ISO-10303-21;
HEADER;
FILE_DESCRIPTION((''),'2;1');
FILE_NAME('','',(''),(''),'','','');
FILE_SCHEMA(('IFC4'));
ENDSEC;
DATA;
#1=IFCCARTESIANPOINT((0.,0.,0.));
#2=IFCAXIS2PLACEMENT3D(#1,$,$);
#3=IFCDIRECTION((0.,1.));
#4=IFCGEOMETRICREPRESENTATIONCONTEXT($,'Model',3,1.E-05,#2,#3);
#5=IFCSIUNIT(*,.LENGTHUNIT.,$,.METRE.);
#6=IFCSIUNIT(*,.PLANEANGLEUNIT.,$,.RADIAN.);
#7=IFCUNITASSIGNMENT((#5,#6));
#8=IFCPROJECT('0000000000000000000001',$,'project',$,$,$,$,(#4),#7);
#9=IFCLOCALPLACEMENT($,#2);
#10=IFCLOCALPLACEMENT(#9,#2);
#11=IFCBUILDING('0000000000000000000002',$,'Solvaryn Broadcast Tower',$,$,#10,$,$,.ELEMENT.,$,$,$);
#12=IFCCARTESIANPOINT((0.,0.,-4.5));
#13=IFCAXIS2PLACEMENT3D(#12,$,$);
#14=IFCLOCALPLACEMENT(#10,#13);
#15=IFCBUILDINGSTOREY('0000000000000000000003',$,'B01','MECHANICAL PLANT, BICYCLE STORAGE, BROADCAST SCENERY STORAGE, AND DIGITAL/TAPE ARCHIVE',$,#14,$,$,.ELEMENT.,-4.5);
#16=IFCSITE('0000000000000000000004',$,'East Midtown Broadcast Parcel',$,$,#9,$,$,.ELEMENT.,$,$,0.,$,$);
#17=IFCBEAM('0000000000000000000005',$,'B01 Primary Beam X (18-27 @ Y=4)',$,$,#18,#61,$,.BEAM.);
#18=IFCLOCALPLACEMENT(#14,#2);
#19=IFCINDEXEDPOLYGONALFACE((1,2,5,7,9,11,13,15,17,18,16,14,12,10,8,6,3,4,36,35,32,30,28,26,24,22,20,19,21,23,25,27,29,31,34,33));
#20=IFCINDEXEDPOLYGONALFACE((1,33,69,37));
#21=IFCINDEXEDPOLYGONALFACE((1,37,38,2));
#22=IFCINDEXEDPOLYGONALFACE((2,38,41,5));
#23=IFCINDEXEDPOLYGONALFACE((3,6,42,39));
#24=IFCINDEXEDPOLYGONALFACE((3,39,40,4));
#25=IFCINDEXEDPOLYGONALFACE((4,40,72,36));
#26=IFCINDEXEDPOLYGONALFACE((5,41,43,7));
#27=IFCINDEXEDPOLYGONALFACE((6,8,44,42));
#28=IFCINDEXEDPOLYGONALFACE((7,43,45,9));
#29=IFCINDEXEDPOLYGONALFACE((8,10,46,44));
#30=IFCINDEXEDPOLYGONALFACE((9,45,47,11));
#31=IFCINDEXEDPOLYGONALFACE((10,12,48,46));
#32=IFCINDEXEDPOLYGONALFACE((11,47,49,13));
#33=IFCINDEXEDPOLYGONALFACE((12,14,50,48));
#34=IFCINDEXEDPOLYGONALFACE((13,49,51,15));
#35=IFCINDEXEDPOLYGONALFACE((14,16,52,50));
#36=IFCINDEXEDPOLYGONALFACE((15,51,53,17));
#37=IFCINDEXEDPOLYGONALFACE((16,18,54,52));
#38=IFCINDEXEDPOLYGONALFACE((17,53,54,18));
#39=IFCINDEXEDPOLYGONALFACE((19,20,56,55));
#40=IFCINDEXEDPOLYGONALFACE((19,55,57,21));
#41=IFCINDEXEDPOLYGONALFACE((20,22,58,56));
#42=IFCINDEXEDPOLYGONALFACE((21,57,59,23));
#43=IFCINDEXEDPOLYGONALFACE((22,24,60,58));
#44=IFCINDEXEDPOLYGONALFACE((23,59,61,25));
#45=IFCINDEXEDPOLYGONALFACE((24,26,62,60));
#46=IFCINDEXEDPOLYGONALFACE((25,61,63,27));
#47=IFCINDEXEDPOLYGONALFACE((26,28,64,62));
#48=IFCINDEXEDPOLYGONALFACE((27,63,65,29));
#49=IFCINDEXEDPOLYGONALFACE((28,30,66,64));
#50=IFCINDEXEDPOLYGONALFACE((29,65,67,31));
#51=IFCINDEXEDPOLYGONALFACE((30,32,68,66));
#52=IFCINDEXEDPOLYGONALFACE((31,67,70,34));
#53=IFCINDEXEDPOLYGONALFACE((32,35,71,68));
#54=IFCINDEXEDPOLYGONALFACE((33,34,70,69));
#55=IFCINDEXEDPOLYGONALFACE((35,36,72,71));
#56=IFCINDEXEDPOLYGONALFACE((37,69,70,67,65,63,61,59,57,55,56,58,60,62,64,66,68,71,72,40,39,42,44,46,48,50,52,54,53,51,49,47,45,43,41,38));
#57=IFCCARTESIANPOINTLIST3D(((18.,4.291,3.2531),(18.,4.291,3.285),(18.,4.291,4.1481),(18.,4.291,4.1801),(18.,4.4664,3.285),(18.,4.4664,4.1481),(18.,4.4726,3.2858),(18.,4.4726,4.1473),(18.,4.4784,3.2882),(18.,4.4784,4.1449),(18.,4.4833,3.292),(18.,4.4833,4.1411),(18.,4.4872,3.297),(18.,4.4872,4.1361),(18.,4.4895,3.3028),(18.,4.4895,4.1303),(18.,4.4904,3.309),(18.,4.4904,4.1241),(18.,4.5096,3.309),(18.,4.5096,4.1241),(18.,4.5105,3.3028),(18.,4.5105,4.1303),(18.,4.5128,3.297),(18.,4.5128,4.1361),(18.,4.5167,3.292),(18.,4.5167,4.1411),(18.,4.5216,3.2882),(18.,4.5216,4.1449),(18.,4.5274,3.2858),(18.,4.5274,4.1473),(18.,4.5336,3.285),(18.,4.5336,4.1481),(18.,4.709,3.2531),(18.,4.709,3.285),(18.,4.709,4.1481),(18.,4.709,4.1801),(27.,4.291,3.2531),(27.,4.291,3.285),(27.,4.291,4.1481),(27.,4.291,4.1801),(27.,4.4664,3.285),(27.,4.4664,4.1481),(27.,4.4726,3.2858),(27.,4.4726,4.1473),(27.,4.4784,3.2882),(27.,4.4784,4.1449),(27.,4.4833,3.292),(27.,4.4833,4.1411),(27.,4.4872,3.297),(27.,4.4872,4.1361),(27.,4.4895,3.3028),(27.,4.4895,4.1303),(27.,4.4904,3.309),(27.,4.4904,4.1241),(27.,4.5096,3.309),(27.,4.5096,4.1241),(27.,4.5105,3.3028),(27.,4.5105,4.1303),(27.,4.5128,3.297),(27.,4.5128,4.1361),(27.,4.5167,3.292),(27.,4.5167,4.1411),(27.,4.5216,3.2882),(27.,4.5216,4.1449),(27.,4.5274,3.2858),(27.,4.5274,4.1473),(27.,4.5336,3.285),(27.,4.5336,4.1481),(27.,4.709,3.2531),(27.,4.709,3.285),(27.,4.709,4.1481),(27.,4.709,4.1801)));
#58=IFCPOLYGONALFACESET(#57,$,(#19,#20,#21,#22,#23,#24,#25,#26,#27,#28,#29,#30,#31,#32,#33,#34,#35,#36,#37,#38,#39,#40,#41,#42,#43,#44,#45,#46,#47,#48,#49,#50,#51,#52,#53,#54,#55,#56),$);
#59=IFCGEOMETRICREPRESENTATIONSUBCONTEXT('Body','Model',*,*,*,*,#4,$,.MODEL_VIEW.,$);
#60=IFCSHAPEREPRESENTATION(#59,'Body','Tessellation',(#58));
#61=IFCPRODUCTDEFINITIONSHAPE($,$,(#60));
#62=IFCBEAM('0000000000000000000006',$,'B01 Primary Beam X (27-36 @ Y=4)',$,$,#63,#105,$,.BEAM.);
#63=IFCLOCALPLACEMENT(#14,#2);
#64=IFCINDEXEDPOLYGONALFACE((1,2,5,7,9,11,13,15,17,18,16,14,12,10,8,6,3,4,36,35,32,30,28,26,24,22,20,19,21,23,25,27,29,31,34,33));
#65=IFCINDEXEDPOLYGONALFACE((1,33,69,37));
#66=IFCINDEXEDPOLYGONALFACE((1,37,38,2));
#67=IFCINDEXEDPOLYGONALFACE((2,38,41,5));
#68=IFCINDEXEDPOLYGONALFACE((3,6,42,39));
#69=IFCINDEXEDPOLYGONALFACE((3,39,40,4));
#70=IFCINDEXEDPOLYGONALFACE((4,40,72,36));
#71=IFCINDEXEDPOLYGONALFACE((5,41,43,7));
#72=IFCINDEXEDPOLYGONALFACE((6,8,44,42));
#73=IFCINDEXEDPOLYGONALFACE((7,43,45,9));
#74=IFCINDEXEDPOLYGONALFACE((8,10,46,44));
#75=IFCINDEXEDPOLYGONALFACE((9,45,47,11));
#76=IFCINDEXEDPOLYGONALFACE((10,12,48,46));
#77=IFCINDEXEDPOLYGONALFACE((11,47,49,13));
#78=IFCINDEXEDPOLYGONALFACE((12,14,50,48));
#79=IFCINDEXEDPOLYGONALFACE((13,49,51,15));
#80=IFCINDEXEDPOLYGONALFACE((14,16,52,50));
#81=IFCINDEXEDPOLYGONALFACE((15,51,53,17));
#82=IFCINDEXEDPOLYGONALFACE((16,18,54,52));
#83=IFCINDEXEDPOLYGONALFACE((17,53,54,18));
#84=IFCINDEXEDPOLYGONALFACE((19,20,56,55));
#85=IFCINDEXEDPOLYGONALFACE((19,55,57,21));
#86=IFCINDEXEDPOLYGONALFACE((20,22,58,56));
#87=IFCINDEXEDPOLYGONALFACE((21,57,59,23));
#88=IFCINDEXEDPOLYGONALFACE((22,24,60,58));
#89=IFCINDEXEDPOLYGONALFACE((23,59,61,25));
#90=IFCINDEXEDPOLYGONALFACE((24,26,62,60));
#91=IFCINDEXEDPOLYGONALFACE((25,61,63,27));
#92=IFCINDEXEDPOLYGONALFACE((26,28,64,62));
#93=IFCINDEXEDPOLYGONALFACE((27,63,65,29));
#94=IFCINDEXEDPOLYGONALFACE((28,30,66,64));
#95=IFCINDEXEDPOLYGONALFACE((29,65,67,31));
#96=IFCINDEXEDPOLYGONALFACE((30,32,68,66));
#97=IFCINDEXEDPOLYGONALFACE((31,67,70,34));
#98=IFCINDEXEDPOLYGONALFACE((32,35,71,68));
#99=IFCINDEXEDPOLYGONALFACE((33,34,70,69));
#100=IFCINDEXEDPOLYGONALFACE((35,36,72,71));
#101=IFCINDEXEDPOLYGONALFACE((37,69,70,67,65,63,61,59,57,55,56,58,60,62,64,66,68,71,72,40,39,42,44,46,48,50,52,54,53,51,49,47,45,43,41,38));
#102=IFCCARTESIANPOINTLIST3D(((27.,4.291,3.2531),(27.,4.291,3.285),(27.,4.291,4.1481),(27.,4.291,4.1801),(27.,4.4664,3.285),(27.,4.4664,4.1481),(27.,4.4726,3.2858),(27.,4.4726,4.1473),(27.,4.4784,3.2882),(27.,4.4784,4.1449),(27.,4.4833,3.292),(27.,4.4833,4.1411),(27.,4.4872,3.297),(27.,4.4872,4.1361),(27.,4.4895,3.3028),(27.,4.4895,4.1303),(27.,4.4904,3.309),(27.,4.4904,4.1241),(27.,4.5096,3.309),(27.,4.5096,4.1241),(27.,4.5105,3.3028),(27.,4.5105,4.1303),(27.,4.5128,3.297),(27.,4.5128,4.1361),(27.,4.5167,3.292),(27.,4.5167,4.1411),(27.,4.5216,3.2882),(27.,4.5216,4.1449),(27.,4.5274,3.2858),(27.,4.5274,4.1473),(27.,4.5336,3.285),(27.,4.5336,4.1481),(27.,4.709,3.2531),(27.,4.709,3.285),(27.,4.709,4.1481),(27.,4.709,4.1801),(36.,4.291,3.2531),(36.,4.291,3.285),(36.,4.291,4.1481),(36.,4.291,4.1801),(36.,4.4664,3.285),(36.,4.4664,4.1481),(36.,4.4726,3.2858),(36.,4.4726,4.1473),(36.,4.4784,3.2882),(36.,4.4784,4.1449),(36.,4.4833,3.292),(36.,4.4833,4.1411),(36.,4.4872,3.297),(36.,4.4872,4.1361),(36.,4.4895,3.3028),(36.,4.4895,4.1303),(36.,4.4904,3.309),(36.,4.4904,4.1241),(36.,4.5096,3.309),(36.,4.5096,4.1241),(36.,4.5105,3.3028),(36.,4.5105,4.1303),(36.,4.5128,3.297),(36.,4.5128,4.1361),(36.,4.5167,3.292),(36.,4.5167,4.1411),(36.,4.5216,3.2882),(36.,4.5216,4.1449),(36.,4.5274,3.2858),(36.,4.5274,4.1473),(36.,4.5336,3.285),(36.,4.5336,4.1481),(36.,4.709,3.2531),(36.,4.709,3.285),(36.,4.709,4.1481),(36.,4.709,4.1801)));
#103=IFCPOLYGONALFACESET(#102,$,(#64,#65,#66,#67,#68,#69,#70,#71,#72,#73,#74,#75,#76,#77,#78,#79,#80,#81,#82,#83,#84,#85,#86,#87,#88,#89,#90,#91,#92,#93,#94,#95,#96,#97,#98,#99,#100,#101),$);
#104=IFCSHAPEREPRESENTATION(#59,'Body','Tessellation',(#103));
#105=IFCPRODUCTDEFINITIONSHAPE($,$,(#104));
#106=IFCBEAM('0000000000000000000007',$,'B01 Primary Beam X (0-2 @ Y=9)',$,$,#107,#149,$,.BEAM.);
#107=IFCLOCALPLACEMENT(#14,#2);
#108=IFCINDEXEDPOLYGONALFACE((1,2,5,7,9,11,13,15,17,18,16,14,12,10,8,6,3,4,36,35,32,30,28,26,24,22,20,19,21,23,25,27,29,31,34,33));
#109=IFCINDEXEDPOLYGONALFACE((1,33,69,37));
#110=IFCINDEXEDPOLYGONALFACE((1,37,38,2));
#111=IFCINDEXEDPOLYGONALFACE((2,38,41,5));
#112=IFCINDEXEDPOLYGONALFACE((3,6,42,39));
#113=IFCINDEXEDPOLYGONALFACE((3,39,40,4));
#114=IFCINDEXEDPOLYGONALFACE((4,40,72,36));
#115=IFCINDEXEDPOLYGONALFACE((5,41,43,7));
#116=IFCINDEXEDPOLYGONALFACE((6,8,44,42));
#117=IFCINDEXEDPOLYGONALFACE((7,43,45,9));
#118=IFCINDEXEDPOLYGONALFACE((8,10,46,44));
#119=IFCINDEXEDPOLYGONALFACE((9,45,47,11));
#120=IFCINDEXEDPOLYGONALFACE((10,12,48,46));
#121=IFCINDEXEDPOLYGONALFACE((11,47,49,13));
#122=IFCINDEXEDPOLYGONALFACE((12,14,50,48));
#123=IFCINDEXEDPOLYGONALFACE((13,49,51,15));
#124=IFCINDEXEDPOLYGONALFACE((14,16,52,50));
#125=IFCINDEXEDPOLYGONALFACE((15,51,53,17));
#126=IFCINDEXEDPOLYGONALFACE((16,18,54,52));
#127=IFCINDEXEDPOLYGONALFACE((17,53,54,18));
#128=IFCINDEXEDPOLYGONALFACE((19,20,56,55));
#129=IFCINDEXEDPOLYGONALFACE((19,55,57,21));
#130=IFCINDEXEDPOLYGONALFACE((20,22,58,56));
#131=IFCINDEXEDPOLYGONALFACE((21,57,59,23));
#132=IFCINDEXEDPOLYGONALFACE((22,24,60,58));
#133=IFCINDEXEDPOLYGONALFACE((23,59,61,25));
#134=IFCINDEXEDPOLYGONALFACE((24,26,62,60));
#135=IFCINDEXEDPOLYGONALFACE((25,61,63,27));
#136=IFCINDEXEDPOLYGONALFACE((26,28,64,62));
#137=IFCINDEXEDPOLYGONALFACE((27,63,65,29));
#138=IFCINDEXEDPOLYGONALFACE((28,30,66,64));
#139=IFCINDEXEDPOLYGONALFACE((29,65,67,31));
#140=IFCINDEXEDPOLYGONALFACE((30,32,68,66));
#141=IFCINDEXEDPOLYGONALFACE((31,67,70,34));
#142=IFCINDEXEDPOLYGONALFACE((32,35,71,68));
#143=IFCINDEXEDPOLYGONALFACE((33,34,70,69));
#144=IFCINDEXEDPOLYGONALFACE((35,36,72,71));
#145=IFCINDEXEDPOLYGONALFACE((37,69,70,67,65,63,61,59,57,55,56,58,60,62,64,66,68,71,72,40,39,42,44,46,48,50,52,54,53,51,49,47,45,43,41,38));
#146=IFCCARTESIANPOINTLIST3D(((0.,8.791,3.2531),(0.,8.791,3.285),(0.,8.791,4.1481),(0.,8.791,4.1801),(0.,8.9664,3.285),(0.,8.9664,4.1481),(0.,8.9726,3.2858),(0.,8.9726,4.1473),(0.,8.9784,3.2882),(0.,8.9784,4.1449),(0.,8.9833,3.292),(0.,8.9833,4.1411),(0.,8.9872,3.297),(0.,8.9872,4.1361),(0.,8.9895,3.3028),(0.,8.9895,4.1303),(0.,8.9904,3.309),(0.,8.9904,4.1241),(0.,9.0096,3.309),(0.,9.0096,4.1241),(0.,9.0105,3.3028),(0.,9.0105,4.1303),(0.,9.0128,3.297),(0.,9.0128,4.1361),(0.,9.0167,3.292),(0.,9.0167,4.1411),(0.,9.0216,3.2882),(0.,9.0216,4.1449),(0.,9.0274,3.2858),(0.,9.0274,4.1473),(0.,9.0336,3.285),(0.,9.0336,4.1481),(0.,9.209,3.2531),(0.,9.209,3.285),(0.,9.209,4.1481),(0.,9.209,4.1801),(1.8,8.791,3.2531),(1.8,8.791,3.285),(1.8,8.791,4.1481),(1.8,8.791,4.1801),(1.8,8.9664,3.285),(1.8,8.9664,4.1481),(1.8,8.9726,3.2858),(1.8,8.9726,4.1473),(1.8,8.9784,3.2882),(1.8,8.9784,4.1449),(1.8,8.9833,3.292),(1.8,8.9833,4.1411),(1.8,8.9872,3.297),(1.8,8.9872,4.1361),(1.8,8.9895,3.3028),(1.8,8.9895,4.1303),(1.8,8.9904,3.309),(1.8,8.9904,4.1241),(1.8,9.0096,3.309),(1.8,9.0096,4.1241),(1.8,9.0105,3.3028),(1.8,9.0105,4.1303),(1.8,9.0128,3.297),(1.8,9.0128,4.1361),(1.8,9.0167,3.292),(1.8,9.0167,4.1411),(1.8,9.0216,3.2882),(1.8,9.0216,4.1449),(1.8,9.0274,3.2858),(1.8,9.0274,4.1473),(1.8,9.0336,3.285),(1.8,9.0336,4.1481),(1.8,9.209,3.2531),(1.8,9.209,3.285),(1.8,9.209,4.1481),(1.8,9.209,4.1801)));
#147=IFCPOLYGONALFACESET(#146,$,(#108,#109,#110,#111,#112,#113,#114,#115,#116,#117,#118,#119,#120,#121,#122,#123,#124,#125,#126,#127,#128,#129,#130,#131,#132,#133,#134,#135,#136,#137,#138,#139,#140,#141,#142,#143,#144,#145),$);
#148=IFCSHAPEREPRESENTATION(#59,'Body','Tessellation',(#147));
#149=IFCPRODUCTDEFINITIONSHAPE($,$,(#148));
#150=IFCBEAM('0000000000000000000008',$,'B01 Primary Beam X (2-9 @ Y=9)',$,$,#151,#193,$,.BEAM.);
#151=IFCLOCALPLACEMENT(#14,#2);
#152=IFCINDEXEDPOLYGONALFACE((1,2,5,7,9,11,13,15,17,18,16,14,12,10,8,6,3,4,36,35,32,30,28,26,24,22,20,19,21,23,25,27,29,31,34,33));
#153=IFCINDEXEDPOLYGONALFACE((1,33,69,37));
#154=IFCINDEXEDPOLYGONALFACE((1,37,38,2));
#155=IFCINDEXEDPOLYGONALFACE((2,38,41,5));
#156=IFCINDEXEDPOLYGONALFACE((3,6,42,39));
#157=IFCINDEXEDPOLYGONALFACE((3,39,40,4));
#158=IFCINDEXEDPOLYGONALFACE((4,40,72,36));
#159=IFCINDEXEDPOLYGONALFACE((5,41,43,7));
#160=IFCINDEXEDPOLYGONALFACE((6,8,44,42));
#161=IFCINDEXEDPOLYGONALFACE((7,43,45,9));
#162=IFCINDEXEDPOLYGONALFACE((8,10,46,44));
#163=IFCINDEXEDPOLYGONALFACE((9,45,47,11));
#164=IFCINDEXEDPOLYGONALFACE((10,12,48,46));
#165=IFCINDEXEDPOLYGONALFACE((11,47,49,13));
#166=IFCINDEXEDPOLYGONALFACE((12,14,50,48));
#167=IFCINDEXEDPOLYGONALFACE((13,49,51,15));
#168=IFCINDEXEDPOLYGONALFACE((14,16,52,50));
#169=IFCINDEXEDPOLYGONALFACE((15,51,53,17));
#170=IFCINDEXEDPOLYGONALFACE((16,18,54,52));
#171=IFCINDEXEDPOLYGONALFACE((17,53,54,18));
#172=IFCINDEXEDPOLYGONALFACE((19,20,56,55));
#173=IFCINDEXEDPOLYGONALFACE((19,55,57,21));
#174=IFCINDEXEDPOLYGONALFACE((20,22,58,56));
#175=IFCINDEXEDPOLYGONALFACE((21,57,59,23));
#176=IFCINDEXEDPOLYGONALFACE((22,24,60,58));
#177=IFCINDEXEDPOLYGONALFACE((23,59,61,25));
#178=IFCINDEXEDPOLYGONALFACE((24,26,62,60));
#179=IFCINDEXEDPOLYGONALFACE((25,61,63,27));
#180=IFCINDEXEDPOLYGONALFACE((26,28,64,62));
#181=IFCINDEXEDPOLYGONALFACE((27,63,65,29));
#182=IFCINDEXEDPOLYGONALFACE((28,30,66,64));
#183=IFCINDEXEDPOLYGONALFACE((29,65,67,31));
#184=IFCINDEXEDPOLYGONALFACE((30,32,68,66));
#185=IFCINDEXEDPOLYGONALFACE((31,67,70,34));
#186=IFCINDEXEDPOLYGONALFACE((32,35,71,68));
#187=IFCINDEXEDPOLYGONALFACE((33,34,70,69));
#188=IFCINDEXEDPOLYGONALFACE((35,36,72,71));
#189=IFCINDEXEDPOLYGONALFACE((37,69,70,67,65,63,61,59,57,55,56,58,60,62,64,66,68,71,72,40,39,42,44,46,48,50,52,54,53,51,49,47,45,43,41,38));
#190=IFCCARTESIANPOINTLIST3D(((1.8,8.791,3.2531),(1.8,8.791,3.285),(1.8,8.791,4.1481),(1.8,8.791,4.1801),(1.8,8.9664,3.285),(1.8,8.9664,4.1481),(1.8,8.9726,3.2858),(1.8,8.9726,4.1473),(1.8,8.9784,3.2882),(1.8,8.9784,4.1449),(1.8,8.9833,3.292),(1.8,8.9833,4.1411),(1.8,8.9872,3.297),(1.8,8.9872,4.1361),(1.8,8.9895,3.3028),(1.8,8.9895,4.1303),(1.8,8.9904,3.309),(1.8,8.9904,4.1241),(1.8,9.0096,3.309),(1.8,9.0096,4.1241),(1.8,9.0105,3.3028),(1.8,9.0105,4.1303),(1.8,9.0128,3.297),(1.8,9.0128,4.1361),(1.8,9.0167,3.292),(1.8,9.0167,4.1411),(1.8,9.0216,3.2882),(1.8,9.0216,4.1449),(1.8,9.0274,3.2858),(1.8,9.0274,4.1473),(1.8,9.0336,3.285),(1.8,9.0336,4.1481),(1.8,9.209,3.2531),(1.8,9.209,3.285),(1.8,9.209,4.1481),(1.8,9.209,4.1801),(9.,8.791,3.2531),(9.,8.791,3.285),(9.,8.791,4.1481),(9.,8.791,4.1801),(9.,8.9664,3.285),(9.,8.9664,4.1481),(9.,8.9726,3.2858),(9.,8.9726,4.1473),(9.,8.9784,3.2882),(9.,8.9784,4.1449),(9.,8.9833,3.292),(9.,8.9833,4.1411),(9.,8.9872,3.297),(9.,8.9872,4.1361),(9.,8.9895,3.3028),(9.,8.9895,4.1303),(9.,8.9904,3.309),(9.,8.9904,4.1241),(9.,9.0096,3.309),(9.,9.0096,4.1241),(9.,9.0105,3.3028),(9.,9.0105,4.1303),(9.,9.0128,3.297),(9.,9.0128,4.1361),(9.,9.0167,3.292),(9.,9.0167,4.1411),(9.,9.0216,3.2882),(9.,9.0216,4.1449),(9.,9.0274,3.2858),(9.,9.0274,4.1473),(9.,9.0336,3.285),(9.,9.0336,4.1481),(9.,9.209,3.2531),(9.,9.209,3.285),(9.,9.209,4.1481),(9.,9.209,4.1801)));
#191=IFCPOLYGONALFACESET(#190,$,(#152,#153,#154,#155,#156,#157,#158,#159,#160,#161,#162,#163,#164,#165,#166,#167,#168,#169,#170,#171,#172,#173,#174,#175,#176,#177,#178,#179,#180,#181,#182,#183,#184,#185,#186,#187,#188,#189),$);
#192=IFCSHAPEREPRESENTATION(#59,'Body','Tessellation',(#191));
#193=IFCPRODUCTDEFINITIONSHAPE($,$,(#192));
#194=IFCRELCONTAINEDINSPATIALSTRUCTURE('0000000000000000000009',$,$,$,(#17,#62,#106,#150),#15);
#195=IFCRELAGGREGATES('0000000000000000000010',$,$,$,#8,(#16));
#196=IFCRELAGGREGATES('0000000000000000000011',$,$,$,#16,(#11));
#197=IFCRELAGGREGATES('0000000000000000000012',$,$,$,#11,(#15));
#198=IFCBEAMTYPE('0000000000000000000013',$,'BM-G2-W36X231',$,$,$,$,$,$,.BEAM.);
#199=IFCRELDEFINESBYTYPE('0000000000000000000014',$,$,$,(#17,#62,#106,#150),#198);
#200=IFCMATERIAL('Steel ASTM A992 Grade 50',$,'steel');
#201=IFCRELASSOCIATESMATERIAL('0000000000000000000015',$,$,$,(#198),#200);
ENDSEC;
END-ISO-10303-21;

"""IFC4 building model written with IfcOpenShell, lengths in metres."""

from ifc_helpers import new_model, si_unit, direction, frame, origin, origin_2d, place, context, subcontext, project, spatial, i_section, extrude, material, material_profile, profile_set, type_object, element, save


model = new_model("IFC4")

# Units and contexts
model_context = context("Model", 3, precision=1e-05, world=origin(), true_north=direction((0.0, 1.0)))
body_context = subcontext(model_context, "Body", "Model", "MODEL_VIEW")
ifc_project = project(units=[si_unit("LENGTHUNIT", "METRE"), si_unit("PLANEANGLEUNIT", "RADIAN")], contexts=[model_context])

# Site, building, storey
site_placement = place(None, origin())
site = spatial("IfcSite", under=ifc_project, at=site_placement, Name="East Midtown Broadcast Parcel", CompositionType="ELEMENT", RefElevation=0.0)
building_placement = place(site_placement, origin())
building = spatial("IfcBuilding", under=site, at=building_placement, Name="Solvaryn Broadcast Tower", CompositionType="ELEMENT")
storey_placement = place(building_placement, frame((0.0, 0.0, -4.5)))
storey = spatial("IfcBuildingStorey", under=building, at=storey_placement, Name="B01", Description="MECHANICAL PLANT, BICYCLE STORAGE, BROADCAST SCENERY STORAGE, AND DIGITAL/TAPE ARCHIVE", CompositionType="ELEMENT", Elevation=-4.5)

# Beams
ifc_material_1 = material(Name="Steel ASTM A992 Grade 50", Category="steel")
ifc_material_profile_1 = material_profile(ifc_material_1, i_section(OverallWidth=0.418, OverallDepth=0.927, WebThickness=0.0193, FlangeThickness=0.032, FilletRadius=0.0239, at=origin_2d()))
ifc_profile_set_1 = profile_set([ifc_material_profile_1], Name="Steel ASTM A992 Grade 50")
beam_type_1 = type_object("IfcBeamType", Name="BM-G2-W36X231", PredefinedType="BEAM", material=ifc_profile_set_1)
for number, where, z_axis, x_axis, name in (
    (1, (18.0, 4.5, 3.7166), (1.0, 0.0, 0.0), (0.0, 1.0, 0.0), "B01 Primary Beam X (18-27 @ Y=4)"),
    (2, (27.0, 4.5, 3.7166), (1.0, 0.0, 0.0), (0.0, 1.0, 0.0), "B01 Primary Beam X (27-36 @ Y=4)"),
):
    element("IfcBeam", number, at=place(storey_placement, frame(where, z_axis=z_axis, x_axis=x_axis)), inside=storey, type_object=beam_type_1, Name=name, PredefinedType="BEAM", context=body_context, shape_type="SweptSolid", body=[
        extrude(i_section(OverallWidth=0.418, OverallDepth=0.927, WebThickness=0.0193, FlangeThickness=0.032, FilletRadius=0.0239, at=origin_2d()), origin(), (0.0, 0.0, 1.0), 9.0),
    ])
beam_1_placement = place(storey_placement, frame((0.0, 9.0, 3.7166), z_axis=(1.0, 0.0, 0.0), x_axis=(0.0, 1.0, 0.0)))
element("IfcBeam", 3, at=beam_1_placement, inside=storey, type_object=beam_type_1, Name="B01 Primary Beam X (0-2 @ Y=9)", PredefinedType="BEAM", context=body_context, shape_type="SweptSolid", body=[
    extrude(i_section(OverallWidth=0.418, OverallDepth=0.927, WebThickness=0.0193, FlangeThickness=0.032, FilletRadius=0.0239, at=origin_2d()), origin(), (0.0, 0.0, 1.0), 1.8),
])
beam_2_placement = place(storey_placement, frame((1.8, 9.0, 3.7166), z_axis=(1.0, 0.0, 0.0), x_axis=(0.0, 1.0, 0.0)))
element("IfcBeam", 4, at=beam_2_placement, inside=storey, type_object=beam_type_1, Name="B01 Primary Beam X (2-9 @ Y=9)", PredefinedType="BEAM", context=body_context, shape_type="SweptSolid", body=[
    extrude(i_section(OverallWidth=0.418, OverallDepth=0.927, WebThickness=0.0193, FlangeThickness=0.032, FilletRadius=0.0239, at=origin_2d()), origin(), (0.0, 0.0, 1.0), 7.2),
])

save(model, "model.ifc")
